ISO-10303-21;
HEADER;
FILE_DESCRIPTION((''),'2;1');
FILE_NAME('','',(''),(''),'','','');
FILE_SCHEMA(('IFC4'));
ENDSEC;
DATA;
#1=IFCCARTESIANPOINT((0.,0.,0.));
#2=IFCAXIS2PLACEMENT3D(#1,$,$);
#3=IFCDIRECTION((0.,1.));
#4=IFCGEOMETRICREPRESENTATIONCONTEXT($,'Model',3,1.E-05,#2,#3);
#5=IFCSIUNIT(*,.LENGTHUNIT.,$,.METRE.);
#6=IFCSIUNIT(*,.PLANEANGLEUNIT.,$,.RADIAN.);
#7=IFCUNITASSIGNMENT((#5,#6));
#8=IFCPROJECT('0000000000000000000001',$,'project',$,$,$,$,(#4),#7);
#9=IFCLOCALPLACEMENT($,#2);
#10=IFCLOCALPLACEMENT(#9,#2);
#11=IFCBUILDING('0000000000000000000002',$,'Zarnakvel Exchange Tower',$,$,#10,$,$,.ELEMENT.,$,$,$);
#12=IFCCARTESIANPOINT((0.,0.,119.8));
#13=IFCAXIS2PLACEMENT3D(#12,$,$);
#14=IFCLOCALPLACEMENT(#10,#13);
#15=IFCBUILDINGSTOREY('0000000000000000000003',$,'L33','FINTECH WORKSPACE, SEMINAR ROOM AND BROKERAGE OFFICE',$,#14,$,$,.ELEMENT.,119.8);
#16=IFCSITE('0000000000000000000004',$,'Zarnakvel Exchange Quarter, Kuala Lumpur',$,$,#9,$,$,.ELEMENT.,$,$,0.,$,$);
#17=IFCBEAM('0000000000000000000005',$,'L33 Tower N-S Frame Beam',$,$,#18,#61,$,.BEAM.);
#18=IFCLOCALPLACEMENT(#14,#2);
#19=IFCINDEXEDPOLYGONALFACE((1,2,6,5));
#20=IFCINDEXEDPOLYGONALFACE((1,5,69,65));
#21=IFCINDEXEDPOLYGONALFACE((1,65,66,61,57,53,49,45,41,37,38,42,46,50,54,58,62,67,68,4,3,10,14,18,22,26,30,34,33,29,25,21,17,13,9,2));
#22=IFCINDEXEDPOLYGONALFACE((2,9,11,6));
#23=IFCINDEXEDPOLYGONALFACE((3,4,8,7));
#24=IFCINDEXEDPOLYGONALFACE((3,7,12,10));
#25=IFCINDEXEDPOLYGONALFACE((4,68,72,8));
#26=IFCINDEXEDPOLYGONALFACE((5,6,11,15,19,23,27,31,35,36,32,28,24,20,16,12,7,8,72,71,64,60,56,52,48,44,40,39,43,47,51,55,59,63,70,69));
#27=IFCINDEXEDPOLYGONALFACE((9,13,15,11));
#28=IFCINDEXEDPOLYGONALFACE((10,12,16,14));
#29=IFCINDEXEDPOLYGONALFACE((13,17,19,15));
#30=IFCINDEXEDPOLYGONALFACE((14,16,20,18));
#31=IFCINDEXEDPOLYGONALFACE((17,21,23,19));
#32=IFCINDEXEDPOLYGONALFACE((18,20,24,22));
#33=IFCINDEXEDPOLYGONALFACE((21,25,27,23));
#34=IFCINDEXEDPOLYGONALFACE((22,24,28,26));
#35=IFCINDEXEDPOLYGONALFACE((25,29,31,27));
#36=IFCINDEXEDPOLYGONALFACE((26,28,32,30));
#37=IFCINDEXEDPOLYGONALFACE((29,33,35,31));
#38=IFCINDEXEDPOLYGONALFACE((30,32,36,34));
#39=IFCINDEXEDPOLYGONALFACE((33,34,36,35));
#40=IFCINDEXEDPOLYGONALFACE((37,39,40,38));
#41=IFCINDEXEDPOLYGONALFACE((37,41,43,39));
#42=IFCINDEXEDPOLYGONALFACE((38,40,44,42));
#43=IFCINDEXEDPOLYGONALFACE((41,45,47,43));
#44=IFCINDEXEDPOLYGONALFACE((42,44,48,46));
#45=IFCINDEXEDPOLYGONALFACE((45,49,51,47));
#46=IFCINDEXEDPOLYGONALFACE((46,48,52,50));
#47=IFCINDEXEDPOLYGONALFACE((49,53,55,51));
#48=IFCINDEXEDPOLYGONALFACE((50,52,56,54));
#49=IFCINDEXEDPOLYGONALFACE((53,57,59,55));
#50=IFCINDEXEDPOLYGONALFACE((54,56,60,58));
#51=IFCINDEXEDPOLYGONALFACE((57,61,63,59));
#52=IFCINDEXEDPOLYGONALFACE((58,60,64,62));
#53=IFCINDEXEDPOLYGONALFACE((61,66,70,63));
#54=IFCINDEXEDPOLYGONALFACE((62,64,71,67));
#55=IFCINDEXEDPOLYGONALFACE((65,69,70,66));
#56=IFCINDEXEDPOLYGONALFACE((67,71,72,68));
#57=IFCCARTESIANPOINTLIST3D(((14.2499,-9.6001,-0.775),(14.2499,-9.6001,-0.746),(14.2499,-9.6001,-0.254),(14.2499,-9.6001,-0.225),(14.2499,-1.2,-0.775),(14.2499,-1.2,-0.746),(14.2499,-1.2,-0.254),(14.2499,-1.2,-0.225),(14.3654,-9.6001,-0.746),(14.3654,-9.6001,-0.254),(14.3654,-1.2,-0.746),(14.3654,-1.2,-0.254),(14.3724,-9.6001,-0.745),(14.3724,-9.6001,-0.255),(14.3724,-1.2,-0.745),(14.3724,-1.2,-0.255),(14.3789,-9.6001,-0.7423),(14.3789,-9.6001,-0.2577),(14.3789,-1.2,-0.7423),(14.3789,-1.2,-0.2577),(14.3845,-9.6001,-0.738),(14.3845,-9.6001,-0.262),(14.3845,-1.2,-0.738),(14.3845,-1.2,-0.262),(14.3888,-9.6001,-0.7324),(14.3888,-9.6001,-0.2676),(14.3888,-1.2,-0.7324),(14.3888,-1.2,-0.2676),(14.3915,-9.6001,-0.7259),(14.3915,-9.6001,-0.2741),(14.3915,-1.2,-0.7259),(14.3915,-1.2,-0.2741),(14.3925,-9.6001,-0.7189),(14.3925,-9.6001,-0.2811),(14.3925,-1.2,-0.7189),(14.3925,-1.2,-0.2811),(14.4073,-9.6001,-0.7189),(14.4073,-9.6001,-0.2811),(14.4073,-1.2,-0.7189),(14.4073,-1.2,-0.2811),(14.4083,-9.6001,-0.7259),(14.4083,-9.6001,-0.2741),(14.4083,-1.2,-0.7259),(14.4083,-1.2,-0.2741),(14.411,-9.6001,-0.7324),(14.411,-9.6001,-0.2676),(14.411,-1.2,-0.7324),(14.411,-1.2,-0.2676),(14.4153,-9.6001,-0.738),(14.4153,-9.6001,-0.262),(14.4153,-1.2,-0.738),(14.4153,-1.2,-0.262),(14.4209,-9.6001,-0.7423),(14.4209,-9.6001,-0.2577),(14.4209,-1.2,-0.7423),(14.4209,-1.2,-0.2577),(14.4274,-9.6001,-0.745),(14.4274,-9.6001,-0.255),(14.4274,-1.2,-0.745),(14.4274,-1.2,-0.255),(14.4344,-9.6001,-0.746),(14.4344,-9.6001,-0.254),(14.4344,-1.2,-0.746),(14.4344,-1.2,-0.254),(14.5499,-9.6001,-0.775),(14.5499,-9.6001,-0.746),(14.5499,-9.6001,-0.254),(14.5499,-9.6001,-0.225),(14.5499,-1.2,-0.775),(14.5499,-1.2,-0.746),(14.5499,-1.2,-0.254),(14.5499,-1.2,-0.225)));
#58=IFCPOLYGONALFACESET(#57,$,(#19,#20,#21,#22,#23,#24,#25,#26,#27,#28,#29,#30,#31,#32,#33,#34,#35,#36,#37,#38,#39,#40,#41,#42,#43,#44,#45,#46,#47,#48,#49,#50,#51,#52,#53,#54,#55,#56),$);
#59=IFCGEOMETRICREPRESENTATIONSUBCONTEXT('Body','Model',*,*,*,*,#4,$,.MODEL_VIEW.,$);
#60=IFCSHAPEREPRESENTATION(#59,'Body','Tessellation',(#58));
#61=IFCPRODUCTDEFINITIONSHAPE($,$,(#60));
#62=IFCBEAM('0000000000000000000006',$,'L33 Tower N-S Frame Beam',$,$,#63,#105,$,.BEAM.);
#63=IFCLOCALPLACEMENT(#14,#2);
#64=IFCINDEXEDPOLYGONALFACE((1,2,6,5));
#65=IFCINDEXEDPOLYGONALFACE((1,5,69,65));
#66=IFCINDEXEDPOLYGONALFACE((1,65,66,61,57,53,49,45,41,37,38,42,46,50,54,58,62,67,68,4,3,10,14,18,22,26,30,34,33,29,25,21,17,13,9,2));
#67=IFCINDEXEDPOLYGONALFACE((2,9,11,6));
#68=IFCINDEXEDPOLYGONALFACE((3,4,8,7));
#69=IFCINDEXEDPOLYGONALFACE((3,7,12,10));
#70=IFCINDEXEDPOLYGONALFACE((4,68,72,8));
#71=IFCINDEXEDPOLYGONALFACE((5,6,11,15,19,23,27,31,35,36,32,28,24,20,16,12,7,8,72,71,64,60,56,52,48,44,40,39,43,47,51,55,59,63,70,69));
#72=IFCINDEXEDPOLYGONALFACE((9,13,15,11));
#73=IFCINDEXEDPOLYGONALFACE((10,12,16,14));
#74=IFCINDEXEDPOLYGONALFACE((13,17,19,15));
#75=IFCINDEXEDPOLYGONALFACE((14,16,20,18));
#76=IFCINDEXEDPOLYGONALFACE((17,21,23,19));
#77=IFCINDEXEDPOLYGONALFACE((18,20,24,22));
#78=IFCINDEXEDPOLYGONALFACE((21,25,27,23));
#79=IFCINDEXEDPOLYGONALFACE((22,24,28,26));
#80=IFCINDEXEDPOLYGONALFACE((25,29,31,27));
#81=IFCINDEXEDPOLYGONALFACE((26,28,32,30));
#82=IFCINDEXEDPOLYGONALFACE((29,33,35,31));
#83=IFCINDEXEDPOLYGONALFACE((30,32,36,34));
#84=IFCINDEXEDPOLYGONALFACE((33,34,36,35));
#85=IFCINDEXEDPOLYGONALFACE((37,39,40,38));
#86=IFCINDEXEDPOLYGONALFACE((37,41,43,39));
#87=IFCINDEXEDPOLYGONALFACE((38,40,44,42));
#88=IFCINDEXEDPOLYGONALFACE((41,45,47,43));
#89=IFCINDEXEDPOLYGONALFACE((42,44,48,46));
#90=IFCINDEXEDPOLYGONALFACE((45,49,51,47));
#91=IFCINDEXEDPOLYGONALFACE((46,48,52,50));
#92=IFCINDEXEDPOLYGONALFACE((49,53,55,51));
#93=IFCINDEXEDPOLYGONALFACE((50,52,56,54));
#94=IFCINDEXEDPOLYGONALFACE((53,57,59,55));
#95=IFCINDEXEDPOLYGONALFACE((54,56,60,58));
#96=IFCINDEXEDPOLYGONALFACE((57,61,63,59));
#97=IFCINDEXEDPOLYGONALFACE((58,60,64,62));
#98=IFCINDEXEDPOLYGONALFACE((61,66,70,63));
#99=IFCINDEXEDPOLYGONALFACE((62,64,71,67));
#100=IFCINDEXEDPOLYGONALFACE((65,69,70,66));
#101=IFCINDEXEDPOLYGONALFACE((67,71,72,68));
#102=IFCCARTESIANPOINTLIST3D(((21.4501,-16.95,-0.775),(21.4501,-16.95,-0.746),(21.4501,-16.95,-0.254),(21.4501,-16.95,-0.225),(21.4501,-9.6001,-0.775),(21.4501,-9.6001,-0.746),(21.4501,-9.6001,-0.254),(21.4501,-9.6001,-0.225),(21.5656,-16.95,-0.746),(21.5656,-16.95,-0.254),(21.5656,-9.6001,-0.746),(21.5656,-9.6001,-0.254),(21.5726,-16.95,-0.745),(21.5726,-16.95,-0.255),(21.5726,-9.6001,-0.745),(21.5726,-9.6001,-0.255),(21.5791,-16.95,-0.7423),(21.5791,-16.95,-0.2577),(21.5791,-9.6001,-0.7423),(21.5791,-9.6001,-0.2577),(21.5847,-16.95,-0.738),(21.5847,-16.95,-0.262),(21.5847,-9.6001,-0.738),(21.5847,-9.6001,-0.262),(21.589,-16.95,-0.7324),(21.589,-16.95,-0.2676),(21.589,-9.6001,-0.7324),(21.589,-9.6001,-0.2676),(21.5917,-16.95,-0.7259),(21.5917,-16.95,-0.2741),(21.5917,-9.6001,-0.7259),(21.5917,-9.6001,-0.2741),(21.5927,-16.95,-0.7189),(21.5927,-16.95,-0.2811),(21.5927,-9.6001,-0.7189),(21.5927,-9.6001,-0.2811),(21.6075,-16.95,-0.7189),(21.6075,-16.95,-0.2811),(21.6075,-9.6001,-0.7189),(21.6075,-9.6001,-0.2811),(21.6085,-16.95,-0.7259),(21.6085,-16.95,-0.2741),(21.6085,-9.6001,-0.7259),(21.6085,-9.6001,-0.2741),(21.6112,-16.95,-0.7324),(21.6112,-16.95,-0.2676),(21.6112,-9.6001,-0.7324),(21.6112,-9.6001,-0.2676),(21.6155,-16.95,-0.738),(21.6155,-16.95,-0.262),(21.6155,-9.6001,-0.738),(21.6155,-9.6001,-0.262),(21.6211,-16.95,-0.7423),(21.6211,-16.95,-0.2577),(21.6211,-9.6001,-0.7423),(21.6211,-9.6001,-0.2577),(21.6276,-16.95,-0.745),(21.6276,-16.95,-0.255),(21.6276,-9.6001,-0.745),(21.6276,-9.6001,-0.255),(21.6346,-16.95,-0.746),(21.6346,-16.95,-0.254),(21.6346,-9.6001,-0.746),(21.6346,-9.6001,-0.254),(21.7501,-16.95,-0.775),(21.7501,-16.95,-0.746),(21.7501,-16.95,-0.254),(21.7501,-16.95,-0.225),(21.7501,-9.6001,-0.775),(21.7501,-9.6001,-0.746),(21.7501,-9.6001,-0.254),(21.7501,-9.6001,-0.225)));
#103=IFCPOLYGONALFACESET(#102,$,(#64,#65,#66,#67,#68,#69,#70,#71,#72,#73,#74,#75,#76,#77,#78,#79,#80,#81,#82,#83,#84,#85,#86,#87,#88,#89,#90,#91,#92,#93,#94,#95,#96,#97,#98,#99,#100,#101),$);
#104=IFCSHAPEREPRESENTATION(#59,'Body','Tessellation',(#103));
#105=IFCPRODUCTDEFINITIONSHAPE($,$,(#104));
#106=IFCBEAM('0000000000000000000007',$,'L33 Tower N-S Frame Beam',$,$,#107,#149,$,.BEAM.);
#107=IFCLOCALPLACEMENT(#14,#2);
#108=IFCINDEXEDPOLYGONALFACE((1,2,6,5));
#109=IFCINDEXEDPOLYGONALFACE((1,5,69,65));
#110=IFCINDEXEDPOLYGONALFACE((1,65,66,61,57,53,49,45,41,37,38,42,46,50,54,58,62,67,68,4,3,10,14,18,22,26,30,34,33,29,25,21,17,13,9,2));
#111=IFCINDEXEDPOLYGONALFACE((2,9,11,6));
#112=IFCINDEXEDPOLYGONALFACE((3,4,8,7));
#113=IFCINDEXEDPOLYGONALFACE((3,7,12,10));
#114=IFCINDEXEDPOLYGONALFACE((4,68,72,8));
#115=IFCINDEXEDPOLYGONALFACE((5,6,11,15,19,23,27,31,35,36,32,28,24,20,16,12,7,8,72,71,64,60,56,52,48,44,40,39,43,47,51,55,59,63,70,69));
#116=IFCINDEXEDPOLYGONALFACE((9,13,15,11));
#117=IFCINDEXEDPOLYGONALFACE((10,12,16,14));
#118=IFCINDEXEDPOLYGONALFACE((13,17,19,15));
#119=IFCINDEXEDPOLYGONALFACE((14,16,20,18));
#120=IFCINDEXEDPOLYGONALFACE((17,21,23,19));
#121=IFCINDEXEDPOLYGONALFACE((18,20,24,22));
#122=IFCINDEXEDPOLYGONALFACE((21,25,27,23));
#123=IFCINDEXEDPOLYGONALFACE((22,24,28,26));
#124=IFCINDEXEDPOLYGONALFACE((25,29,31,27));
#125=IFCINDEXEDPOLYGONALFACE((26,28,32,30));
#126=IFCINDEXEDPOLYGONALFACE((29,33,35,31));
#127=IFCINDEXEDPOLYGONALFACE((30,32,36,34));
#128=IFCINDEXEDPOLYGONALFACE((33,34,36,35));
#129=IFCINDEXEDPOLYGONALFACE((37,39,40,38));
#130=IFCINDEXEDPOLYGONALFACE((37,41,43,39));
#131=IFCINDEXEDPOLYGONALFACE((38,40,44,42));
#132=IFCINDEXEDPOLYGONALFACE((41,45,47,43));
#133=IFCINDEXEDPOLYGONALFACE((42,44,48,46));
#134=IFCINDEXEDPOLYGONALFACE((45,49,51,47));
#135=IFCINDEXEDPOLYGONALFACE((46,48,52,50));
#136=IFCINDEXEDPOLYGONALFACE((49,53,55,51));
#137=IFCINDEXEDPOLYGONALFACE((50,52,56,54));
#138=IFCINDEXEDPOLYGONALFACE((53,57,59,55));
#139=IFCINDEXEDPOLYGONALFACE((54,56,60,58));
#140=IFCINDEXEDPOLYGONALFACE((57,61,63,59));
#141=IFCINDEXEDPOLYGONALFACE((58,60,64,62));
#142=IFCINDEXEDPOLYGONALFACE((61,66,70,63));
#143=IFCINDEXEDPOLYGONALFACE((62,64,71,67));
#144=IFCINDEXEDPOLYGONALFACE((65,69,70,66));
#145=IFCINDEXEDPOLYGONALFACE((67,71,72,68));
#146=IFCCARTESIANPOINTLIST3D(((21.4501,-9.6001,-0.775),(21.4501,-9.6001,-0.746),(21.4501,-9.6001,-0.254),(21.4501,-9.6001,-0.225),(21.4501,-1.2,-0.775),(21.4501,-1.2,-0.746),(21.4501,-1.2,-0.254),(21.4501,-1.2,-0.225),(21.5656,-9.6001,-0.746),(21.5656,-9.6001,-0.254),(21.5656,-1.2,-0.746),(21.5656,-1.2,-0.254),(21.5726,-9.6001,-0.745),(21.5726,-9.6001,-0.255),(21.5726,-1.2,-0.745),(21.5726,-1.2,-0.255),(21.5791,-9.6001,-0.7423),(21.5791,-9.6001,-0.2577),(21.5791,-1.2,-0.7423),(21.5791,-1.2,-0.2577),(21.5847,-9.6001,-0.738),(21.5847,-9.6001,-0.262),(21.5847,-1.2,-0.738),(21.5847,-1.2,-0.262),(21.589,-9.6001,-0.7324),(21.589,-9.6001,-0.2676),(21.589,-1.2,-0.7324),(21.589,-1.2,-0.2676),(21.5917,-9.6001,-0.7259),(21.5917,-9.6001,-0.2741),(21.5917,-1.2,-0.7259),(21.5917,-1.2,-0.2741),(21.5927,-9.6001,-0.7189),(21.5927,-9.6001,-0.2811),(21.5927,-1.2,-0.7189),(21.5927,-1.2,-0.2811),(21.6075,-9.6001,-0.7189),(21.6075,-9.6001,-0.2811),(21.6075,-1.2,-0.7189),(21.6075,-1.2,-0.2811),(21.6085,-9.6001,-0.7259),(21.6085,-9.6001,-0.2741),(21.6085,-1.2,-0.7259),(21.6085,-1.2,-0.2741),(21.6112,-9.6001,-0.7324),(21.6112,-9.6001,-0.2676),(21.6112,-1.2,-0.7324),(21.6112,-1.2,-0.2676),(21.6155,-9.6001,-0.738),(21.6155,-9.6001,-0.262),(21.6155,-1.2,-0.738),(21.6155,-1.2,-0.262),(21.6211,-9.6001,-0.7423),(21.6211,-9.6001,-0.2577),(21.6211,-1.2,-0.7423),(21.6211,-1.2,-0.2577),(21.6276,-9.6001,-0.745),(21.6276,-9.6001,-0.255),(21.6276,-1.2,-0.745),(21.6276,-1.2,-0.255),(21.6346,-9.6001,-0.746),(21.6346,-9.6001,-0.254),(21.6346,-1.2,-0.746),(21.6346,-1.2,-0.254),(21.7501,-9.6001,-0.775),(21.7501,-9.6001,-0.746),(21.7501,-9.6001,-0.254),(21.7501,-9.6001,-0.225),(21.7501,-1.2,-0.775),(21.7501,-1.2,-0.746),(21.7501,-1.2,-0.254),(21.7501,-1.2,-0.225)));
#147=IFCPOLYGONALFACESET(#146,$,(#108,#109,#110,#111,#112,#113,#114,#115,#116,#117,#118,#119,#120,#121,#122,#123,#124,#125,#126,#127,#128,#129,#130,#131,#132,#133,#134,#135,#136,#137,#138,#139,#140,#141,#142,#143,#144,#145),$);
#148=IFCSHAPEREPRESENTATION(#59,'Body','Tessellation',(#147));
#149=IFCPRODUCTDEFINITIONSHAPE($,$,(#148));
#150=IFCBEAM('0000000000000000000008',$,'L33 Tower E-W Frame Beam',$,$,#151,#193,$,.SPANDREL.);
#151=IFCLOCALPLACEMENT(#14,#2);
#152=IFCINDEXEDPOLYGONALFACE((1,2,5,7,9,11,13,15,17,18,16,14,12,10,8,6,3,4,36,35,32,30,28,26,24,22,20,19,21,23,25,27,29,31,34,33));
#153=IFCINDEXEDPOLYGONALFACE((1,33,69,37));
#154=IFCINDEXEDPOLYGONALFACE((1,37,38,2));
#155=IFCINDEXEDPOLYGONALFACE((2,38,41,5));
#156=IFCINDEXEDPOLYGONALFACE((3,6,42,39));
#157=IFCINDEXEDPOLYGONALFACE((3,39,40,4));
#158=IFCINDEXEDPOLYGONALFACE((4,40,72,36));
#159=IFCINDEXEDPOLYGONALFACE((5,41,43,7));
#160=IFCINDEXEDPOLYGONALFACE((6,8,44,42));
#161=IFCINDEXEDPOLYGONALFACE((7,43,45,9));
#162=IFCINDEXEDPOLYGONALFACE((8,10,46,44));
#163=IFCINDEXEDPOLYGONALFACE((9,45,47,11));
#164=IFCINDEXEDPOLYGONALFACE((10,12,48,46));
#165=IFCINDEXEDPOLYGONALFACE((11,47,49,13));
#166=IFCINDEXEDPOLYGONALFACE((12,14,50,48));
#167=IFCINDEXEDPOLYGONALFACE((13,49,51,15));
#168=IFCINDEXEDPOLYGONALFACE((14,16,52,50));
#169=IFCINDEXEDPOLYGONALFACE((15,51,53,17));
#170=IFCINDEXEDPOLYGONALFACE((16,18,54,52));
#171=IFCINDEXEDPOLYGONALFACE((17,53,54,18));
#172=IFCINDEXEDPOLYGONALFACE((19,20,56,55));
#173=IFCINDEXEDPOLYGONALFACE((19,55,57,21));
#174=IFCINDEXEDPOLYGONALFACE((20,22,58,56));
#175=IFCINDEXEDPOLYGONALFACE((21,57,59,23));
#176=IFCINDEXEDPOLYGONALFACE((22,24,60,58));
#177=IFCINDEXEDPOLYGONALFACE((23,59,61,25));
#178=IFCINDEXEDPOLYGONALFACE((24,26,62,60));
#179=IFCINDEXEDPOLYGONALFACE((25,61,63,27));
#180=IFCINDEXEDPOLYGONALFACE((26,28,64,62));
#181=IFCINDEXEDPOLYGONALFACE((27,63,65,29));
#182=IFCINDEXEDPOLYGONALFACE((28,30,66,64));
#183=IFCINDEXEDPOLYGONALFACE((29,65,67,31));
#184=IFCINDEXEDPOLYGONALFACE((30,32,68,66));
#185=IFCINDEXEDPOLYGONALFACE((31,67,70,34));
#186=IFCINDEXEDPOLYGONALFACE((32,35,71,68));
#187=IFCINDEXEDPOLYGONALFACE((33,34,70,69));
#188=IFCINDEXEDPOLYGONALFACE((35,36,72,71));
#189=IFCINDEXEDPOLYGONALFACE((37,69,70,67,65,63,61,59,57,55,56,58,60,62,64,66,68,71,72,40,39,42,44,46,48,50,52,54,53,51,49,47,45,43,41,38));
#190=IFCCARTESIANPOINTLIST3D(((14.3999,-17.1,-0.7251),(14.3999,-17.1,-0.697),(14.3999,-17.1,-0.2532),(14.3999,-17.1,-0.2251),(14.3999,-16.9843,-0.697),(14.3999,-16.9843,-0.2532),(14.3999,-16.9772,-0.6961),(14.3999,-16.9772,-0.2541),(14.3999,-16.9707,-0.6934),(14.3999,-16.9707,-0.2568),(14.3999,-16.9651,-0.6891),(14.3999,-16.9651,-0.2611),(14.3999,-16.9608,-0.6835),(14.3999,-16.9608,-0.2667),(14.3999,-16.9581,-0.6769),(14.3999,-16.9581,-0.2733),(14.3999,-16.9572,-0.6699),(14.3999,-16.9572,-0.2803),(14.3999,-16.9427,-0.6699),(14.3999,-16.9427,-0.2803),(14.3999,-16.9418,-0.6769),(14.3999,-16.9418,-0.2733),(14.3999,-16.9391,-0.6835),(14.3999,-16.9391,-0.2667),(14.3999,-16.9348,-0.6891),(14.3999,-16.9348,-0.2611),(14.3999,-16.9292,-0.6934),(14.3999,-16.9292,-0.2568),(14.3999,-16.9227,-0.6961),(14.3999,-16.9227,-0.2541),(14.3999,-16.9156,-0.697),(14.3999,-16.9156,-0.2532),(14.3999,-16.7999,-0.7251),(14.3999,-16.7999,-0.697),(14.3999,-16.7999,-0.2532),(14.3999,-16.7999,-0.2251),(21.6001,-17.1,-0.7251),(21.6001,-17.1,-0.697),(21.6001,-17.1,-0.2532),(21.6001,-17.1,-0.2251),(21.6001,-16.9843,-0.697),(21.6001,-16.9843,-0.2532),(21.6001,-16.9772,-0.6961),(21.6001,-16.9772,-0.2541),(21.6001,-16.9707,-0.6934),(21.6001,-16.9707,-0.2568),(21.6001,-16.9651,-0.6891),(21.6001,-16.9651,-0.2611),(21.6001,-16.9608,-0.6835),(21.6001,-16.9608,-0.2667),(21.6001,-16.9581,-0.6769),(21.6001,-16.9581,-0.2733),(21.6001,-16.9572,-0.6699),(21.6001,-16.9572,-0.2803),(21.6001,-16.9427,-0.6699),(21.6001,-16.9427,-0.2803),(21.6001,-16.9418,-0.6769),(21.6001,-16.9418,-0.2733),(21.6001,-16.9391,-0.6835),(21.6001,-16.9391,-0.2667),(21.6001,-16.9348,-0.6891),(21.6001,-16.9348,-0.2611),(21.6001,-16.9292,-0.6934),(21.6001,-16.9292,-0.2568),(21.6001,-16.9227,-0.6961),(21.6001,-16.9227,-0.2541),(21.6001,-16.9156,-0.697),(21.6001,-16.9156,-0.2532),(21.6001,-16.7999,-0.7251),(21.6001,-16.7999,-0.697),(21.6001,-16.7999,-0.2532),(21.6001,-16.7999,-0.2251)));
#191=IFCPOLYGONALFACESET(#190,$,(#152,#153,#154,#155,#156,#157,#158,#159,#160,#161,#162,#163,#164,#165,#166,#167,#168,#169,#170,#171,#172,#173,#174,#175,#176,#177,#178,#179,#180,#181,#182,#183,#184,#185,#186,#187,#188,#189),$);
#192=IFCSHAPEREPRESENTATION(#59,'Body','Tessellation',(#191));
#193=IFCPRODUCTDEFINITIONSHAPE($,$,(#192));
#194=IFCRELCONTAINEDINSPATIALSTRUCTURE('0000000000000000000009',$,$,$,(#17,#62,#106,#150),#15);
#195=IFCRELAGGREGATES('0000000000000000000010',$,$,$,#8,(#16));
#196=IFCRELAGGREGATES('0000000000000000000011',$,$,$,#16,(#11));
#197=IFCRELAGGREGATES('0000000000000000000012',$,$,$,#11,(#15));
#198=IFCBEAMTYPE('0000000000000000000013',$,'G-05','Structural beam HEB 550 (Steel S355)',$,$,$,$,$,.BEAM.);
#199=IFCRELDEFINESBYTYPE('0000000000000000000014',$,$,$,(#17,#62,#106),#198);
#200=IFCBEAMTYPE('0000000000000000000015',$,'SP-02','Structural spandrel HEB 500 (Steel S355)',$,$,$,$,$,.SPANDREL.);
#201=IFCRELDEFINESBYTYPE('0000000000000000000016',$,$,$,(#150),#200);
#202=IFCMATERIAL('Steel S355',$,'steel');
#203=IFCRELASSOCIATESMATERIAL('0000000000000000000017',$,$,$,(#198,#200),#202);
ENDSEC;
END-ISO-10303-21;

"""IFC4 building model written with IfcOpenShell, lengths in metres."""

from ifc_helpers import new_model, si_unit, direction, frame, origin, origin_2d, place, context, subcontext, project, spatial, i_section, extrude, material, material_profile, profile_set, type_object, element, save


model = new_model("IFC4")

# Units and contexts
model_context = context("Model", 3, precision=1e-05, world=origin(), true_north=direction((0.0, 1.0)))
body_context = subcontext(model_context, "Body", "Model", "MODEL_VIEW")
ifc_project = project(units=[si_unit("LENGTHUNIT", "METRE"), si_unit("PLANEANGLEUNIT", "RADIAN")], contexts=[model_context])

# Site, building, storey
site_placement = place(None, origin())
site = spatial("IfcSite", under=ifc_project, at=site_placement, Name="Zarnakvel Exchange Quarter, Kuala Lumpur", CompositionType="ELEMENT", RefElevation=0.0)
building_placement = place(site_placement, origin())
building = spatial("IfcBuilding", under=site, at=building_placement, Name="Zarnakvel Exchange Tower", CompositionType="ELEMENT")
storey_placement = place(building_placement, frame((0.0, 0.0, 119.8)))
storey = spatial("IfcBuildingStorey", under=building, at=storey_placement, Name="L33", Description="FINTECH WORKSPACE, SEMINAR ROOM AND BROKERAGE OFFICE", CompositionType="ELEMENT", Elevation=119.8)

# Shared definitions
ifc_material_1 = material(Name="Steel S355", Category="steel")

# Beams
ifc_material_profile_1 = material_profile(ifc_material_1, i_section(OverallWidth=0.3, OverallDepth=0.55, WebThickness=0.0149, FlangeThickness=0.0291, FilletRadius=0.0271, at=origin_2d()))
ifc_profile_set_1 = profile_set([ifc_material_profile_1], Name="Steel S355")
beam_type_1 = type_object("IfcBeamType", Name="G-05", Description="Structural beam HEB 550 (Steel S355)", PredefinedType="BEAM", material=ifc_profile_set_1)
beam_1_placement = place(storey_placement, frame((14.3999, -9.6001, -0.5), z_axis=(0.0, 1.0, 0.0), x_axis=(-1.0, 0.0, 0.0)))
element("IfcBeam", 1, at=beam_1_placement, inside=storey, type_object=beam_type_1, Name="L33 Tower N-S Frame Beam", PredefinedType="BEAM", context=body_context, shape_type="SweptSolid", body=[
    extrude(i_section(OverallWidth=0.3, OverallDepth=0.55, WebThickness=0.0149, FlangeThickness=0.0291, FilletRadius=0.0271, at=origin_2d()), origin(), (0.0, 0.0, 1.0), 8.4001),
])
beam_2_placement = place(storey_placement, frame((21.6001, -16.95, -0.5), z_axis=(0.0, 1.0, 0.0), x_axis=(-1.0, 0.0, 0.0)))
element("IfcBeam", 2, at=beam_2_placement, inside=storey, type_object=beam_type_1, Name="L33 Tower N-S Frame Beam", PredefinedType="BEAM", context=body_context, shape_type="SweptSolid", body=[
    extrude(i_section(OverallWidth=0.3, OverallDepth=0.55, WebThickness=0.0149, FlangeThickness=0.0291, FilletRadius=0.0271, at=origin_2d()), origin(), (0.0, 0.0, 1.0), 7.3499),
])
beam_3_placement = place(storey_placement, frame((21.6001, -9.6001, -0.5), z_axis=(0.0, 1.0, 0.0), x_axis=(-1.0, 0.0, 0.0)))
element("IfcBeam", 3, at=beam_3_placement, inside=storey, type_object=beam_type_1, Name="L33 Tower N-S Frame Beam", PredefinedType="BEAM", context=body_context, shape_type="SweptSolid", body=[
    extrude(i_section(OverallWidth=0.3, OverallDepth=0.55, WebThickness=0.0149, FlangeThickness=0.0291, FilletRadius=0.0271, at=origin_2d()), origin(), (0.0, 0.0, 1.0), 8.4001),
])
ifc_material_profile_2 = material_profile(ifc_material_1, i_section(OverallWidth=0.3, OverallDepth=0.5, WebThickness=0.0144, FlangeThickness=0.0281, FilletRadius=0.0271, at=origin_2d()))
ifc_profile_set_2 = profile_set([ifc_material_profile_2], Name="Steel S355")
beam_type_2 = type_object("IfcBeamType", Name="SP-02", Description="Structural spandrel HEB 500 (Steel S355)", PredefinedType="SPANDREL", material=ifc_profile_set_2)
beam_4_placement = place(storey_placement, frame((14.3999, -16.95, -0.4751), z_axis=(1.0, 0.0, 0.0), x_axis=(0.0, 1.0, 0.0)))
element("IfcBeam", 4, at=beam_4_placement, inside=storey, type_object=beam_type_2, Name="L33 Tower E-W Frame Beam", PredefinedType="SPANDREL", context=body_context, shape_type="SweptSolid", body=[
    extrude(i_section(OverallWidth=0.3, OverallDepth=0.5, WebThickness=0.0144, FlangeThickness=0.0281, FilletRadius=0.0271, at=origin_2d()), origin(), (0.0, 0.0, 1.0), 7.2002),
])

save(model, "model.ifc")
